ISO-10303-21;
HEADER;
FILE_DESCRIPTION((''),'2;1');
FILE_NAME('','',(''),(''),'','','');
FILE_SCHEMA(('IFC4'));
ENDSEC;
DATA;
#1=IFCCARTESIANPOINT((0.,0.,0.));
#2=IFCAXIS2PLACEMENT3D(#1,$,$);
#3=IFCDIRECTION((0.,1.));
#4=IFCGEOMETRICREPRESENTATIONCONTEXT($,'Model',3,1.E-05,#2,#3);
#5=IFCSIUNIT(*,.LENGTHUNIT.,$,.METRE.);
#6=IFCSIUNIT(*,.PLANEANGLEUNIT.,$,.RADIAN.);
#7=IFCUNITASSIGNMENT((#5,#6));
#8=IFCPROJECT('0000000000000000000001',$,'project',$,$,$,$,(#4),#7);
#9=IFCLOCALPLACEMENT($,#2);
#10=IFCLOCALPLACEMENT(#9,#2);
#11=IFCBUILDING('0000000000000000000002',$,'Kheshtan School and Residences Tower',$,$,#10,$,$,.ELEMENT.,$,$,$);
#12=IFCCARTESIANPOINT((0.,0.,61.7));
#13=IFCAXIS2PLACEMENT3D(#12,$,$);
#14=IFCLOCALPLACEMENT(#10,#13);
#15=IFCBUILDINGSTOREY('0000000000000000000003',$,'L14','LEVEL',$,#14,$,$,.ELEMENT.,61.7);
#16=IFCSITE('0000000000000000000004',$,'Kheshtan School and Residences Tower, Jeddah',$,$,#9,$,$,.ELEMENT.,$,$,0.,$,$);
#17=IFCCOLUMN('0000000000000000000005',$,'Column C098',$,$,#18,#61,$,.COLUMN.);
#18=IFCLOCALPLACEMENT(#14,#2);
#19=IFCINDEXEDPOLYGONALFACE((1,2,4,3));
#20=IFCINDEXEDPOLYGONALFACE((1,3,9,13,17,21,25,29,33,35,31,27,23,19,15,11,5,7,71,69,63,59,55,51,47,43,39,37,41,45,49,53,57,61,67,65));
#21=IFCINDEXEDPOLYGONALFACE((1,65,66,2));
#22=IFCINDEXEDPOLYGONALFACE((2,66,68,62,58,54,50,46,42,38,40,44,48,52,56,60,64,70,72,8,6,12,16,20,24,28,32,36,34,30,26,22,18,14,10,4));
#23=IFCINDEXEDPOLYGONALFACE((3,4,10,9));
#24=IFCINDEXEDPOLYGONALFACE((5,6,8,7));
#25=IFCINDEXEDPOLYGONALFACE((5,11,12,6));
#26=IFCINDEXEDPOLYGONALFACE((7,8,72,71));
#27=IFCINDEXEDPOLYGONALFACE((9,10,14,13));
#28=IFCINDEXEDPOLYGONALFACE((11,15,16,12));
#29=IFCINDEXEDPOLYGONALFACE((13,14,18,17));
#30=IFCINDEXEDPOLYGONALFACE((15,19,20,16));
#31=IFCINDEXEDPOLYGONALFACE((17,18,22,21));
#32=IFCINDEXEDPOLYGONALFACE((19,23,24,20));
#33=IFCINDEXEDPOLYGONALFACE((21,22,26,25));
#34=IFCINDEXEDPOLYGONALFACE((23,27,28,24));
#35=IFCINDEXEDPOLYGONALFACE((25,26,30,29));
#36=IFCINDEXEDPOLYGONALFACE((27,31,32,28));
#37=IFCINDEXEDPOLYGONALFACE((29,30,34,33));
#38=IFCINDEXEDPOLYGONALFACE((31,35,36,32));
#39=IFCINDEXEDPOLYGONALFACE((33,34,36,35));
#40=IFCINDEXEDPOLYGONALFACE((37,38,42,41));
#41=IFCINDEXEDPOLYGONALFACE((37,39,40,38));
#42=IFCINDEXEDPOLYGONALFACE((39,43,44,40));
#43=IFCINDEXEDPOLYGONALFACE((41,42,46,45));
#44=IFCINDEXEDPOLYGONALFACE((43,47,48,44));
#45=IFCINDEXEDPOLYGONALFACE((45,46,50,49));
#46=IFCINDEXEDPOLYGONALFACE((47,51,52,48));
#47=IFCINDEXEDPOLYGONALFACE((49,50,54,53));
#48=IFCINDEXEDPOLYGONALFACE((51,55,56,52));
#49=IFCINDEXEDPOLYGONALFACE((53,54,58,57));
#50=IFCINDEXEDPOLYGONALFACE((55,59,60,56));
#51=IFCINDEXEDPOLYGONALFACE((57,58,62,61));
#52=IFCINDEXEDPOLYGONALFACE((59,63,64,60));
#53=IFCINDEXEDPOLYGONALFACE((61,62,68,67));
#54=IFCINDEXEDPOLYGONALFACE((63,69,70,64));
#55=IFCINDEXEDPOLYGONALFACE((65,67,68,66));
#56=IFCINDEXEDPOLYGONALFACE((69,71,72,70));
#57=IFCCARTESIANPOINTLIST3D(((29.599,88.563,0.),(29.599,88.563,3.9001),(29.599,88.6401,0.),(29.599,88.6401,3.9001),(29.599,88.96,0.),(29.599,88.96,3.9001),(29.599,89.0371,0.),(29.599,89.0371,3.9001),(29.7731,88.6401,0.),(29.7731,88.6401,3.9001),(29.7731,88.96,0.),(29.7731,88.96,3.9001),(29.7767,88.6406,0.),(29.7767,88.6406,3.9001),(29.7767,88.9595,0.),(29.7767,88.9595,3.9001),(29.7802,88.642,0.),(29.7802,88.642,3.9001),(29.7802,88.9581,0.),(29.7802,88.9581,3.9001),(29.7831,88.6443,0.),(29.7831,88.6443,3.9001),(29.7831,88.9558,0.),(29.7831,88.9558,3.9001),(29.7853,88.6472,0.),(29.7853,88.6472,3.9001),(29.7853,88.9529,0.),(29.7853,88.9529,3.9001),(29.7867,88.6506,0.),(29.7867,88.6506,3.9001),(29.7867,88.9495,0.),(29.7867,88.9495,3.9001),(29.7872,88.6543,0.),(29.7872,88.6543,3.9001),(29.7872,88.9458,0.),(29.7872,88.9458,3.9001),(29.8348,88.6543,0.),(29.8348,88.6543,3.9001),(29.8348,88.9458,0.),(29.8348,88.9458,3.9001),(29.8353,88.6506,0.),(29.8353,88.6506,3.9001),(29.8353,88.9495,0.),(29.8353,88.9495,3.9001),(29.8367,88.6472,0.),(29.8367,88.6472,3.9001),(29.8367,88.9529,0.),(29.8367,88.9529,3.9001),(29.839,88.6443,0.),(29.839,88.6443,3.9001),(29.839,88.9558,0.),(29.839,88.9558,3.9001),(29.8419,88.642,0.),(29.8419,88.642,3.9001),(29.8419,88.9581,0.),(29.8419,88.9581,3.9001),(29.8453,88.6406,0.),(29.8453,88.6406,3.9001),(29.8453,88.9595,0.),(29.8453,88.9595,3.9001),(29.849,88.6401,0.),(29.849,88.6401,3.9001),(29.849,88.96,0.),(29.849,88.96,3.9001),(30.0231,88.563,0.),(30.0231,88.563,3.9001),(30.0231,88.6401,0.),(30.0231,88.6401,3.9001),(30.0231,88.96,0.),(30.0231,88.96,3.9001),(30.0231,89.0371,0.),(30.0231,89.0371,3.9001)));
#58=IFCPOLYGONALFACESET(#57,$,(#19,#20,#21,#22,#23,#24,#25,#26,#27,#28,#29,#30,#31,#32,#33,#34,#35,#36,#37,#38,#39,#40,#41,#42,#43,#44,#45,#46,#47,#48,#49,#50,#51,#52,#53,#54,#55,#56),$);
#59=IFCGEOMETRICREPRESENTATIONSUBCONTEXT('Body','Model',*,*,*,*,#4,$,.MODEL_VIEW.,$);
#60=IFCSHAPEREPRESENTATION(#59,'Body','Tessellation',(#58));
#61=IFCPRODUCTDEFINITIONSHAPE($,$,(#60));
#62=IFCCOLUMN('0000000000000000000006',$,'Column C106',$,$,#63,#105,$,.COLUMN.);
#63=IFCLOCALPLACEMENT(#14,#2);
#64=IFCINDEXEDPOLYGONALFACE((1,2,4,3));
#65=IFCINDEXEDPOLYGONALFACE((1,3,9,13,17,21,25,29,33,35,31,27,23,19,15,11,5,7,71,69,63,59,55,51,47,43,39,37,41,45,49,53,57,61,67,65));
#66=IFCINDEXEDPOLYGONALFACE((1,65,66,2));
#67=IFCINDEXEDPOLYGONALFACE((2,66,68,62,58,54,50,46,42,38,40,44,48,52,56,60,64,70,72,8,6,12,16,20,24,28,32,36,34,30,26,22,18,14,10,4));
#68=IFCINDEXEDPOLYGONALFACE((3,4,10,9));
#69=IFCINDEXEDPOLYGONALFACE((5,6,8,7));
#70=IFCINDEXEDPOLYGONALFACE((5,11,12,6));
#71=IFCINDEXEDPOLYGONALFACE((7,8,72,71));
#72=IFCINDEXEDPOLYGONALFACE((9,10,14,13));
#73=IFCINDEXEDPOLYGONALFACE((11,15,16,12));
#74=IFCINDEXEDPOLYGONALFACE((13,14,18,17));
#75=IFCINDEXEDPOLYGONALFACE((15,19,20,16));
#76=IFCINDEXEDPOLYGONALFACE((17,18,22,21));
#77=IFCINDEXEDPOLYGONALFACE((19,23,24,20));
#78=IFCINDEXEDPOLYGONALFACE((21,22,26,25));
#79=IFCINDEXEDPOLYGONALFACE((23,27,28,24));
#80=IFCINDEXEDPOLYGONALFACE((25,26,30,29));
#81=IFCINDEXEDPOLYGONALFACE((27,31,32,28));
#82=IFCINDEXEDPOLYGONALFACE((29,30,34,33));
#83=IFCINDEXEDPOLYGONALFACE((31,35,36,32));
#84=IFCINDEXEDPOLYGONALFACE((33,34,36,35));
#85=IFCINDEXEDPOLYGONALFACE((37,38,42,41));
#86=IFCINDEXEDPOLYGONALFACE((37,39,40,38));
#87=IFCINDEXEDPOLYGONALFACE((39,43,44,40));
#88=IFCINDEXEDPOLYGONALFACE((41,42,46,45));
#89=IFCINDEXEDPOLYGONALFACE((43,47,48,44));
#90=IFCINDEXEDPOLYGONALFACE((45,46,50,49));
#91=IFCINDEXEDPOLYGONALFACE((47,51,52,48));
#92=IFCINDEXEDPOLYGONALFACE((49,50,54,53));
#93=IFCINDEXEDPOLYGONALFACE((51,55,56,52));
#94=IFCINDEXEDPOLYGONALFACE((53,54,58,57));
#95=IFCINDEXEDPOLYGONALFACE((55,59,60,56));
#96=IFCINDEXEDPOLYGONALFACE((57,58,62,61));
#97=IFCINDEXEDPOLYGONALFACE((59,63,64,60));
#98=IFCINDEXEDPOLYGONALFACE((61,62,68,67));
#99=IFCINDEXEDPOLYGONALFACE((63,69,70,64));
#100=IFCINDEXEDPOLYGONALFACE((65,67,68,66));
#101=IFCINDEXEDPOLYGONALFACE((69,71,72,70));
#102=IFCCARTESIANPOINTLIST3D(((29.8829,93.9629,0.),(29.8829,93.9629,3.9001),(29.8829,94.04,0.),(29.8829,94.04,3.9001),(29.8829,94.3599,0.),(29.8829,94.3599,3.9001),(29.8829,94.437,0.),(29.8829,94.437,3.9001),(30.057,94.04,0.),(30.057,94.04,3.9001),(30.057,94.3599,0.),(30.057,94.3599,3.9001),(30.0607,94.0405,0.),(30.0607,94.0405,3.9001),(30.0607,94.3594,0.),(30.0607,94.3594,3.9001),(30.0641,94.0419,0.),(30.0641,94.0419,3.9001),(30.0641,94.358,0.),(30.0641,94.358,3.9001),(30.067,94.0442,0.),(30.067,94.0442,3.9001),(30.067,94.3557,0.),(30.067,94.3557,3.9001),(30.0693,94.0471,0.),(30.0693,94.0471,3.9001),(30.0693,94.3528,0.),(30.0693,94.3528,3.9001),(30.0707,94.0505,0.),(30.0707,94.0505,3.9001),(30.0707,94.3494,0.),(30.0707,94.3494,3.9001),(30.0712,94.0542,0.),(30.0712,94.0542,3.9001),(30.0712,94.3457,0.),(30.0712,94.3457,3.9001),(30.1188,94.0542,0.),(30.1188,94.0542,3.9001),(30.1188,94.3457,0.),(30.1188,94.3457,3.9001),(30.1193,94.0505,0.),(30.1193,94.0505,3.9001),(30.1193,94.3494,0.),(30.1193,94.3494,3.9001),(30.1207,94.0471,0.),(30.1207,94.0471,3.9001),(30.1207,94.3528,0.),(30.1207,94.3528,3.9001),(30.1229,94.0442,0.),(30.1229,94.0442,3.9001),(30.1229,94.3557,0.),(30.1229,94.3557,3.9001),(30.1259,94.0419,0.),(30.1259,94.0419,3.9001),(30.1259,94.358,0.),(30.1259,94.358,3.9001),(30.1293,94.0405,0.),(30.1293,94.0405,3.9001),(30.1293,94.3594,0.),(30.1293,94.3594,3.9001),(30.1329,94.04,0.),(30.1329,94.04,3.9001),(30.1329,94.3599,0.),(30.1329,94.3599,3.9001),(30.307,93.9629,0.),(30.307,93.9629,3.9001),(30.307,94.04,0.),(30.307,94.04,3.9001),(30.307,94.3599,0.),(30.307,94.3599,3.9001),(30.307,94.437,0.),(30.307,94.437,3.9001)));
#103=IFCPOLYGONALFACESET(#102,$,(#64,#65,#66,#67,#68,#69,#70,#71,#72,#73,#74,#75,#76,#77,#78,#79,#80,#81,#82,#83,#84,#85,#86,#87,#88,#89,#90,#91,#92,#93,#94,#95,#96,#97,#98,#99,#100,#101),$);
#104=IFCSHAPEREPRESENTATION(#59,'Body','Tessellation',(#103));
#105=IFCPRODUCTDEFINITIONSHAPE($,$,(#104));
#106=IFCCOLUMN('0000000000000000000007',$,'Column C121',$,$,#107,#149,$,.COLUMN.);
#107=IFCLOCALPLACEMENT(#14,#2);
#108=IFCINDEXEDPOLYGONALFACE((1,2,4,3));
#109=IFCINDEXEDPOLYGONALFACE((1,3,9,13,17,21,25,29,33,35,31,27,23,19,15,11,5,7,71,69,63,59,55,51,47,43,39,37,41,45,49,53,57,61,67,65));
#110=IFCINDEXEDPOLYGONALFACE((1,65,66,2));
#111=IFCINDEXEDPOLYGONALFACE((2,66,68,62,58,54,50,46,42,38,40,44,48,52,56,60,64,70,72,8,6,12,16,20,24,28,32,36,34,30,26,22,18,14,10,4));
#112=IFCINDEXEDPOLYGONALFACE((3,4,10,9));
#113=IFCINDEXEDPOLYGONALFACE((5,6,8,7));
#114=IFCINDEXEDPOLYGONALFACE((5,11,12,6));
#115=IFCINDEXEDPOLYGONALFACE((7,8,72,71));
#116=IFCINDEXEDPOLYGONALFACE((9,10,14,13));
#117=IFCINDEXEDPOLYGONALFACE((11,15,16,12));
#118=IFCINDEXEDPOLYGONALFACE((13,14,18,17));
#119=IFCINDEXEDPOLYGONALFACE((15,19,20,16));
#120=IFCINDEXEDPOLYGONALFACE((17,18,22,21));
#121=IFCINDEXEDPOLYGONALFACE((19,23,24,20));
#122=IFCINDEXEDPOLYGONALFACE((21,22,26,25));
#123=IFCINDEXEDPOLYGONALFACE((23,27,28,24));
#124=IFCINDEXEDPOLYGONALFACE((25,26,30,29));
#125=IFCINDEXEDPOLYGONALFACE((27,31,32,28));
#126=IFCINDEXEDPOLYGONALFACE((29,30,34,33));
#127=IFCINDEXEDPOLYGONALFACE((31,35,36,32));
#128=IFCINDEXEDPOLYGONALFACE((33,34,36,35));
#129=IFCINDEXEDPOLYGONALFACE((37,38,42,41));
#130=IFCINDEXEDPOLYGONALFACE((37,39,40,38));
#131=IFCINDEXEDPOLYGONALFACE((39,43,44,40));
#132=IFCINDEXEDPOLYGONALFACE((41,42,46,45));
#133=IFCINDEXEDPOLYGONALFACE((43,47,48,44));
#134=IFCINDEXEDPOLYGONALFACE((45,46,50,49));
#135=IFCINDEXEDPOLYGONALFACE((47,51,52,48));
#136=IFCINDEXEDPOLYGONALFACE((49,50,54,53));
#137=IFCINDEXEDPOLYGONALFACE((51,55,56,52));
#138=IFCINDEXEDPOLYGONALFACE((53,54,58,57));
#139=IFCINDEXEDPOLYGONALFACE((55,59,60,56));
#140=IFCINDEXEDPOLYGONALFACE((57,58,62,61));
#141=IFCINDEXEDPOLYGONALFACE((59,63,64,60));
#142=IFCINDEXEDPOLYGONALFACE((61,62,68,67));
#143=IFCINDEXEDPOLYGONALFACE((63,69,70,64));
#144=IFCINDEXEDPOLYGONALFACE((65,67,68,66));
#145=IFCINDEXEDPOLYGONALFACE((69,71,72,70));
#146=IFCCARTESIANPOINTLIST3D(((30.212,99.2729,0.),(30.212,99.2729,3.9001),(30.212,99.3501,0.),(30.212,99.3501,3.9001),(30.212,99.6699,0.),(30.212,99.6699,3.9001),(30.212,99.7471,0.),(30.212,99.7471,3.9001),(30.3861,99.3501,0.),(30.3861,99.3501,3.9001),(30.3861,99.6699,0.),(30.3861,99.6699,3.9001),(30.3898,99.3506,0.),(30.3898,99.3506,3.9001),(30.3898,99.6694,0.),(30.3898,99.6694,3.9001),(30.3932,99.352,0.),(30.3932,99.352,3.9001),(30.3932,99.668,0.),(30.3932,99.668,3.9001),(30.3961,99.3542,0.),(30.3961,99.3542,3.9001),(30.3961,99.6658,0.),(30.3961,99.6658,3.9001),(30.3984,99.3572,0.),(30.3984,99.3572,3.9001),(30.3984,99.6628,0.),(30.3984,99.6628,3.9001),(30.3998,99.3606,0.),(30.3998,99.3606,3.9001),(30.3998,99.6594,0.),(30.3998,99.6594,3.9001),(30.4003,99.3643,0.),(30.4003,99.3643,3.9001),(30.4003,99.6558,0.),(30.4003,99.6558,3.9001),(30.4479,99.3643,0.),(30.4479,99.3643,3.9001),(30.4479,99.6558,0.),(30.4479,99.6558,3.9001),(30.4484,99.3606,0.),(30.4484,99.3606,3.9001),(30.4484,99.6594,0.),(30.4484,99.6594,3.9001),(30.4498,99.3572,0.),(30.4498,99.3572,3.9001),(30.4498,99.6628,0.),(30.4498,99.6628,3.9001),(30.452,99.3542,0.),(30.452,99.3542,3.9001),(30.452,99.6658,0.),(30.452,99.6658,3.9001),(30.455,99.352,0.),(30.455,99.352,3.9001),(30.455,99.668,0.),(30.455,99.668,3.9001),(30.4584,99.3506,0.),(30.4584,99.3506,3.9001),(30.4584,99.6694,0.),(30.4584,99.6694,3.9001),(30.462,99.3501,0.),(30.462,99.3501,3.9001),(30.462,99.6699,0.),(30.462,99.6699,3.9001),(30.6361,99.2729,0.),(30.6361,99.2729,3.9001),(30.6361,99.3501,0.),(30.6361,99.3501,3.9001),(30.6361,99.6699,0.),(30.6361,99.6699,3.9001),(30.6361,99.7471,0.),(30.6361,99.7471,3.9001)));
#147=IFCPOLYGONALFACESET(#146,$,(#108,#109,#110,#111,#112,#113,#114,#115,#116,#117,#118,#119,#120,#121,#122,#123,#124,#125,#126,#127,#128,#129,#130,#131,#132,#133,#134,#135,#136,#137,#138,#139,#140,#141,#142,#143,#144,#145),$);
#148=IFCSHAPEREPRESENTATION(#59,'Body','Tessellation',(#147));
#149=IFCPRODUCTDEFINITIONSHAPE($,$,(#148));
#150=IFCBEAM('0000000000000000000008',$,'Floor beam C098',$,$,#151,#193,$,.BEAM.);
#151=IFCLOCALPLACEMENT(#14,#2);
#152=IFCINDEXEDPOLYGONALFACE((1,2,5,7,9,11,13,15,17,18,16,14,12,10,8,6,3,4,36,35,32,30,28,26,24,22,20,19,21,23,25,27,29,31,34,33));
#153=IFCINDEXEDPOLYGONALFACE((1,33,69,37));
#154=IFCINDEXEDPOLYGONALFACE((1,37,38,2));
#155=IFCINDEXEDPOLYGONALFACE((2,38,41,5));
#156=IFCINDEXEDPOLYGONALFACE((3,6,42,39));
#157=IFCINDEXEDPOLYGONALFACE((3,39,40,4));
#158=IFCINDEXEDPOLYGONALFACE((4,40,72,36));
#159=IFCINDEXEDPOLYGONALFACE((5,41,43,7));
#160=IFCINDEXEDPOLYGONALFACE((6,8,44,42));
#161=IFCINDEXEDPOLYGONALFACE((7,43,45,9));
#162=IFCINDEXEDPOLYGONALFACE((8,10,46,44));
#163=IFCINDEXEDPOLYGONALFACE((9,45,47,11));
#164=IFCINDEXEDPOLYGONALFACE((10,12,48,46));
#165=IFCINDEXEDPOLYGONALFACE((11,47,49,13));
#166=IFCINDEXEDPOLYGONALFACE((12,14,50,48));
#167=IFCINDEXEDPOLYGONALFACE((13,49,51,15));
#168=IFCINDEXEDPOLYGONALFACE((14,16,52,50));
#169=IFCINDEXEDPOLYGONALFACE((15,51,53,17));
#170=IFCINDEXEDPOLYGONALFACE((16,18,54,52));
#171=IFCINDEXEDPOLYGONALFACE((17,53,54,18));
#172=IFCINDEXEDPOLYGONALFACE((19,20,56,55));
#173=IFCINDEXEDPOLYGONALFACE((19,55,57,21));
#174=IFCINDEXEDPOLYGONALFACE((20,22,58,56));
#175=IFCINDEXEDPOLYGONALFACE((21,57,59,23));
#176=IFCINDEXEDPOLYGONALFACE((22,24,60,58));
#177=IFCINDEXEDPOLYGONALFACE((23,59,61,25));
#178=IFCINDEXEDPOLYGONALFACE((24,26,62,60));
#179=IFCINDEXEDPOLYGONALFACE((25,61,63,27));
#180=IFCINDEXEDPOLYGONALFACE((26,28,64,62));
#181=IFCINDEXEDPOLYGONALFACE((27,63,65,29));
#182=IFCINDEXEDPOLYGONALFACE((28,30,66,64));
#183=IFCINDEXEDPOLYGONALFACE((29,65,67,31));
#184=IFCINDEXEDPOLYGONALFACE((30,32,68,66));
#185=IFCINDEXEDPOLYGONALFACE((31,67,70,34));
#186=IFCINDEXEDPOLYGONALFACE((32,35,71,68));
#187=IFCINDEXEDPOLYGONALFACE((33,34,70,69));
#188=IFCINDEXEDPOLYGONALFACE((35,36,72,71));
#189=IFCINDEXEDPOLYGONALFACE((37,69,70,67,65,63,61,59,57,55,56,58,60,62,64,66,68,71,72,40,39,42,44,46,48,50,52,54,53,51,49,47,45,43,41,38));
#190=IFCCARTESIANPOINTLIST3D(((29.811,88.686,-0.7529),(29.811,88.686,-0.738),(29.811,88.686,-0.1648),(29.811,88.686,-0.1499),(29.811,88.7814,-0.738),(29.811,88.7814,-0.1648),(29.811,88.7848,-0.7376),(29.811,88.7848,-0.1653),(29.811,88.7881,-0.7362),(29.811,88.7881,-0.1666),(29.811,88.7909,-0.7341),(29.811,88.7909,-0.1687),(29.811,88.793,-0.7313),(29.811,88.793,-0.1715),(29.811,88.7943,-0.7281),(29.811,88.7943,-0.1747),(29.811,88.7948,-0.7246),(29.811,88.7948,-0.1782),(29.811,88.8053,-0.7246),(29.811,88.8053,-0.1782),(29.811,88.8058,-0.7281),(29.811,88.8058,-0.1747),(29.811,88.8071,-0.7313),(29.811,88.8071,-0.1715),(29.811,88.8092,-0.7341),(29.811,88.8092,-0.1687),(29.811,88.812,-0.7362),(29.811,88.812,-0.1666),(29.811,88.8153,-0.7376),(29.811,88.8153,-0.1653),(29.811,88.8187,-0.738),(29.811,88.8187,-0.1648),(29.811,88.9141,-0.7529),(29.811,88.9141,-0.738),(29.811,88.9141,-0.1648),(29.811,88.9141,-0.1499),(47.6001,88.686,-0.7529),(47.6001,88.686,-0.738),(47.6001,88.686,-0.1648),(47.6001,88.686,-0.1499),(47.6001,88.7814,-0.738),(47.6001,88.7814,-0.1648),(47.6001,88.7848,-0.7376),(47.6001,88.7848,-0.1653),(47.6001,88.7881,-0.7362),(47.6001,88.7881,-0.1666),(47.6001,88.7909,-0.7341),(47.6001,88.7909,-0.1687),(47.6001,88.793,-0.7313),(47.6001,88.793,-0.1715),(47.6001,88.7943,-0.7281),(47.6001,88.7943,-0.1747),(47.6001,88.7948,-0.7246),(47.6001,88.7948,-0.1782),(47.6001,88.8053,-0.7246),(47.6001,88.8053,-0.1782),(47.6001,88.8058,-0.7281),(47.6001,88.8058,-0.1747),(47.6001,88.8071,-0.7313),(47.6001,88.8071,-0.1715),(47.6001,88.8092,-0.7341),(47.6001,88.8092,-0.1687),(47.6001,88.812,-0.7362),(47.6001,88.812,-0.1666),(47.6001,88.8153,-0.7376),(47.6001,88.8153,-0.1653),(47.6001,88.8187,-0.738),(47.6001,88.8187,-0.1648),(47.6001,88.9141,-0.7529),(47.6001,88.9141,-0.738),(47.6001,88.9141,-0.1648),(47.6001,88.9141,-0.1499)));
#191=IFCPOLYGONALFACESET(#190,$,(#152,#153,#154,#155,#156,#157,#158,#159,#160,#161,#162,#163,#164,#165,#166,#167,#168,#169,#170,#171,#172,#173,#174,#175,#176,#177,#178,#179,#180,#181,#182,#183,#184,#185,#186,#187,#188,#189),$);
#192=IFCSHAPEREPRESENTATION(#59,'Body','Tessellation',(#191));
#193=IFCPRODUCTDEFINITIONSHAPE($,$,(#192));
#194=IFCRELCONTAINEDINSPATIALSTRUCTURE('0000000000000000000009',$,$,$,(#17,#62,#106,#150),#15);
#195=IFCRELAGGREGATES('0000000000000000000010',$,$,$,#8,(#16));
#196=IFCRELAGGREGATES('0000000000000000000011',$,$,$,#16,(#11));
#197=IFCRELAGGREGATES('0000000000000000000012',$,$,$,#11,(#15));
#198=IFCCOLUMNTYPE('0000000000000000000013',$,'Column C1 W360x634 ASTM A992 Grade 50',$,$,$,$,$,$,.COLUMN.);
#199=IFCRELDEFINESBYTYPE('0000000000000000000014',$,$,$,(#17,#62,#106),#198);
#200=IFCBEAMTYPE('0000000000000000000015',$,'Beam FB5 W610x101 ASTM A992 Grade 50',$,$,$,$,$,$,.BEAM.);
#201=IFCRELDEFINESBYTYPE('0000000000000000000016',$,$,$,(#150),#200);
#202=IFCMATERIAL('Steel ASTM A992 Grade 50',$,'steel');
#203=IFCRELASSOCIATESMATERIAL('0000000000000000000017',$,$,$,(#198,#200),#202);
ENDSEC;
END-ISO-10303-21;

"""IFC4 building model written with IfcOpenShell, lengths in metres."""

from ifc_helpers import new_model, si_unit, direction, frame, origin, origin_2d, place, context, subcontext, project, spatial, i_section, extrude, material, material_profile, profile_set, type_object, element, save


model = new_model("IFC4")

# Units and contexts
model_context = context("Model", 3, precision=1e-05, world=origin(), true_north=direction((0.0, 1.0)))
body_context = subcontext(model_context, "Body", "Model", "MODEL_VIEW")
ifc_project = project(units=[si_unit("LENGTHUNIT", "METRE"), si_unit("PLANEANGLEUNIT", "RADIAN")], contexts=[model_context])

# Site, building, storey
site_placement = place(None, origin())
site = spatial("IfcSite", under=ifc_project, at=site_placement, Name="Kheshtan School and Residences Tower, Jeddah", CompositionType="ELEMENT", RefElevation=0.0)
building_placement = place(site_placement, origin())
building = spatial("IfcBuilding", under=site, at=building_placement, Name="Kheshtan School and Residences Tower", CompositionType="ELEMENT")
storey_placement = place(building_placement, frame((0.0, 0.0, 61.7)))
storey = spatial("IfcBuildingStorey", under=building, at=storey_placement, Name="L14", Description="LEVEL", CompositionType="ELEMENT", Elevation=61.7)

# Columns
ifc_material_1 = material(Name="Steel ASTM A992 Grade 50", Category="steel")
ifc_material_profile_1 = material_profile(ifc_material_1, i_section(OverallWidth=0.4241, OverallDepth=0.4741, WebThickness=0.0476, FlangeThickness=0.0771, FilletRadius=0.0142, at=origin_2d()), Name="W360x634")
ifc_profile_set_1 = profile_set([ifc_material_profile_1], Name="Steel ASTM A992 Grade 50")
column_type = type_object("IfcColumnType", Name="Column C1 W360x634 ASTM A992 Grade 50", PredefinedType="COLUMN", material=ifc_profile_set_1)
for number, where, z_axis, x_axis, name in (
    (1, (29.811, 88.8, 0.0), (0.0, 0.0, 1.0), (1.0, 0.0, 0.0), "Column C098"),
    (2, (30.095, 94.2, 0.0), (0.0, 0.0, 1.0), (1.0, 0.0, 0.0), "Column C106"),
    (3, (30.4241, 99.51, 0.0), (0.0, 0.0, 1.0), (1.0, 0.0, 0.0), "Column C121"),
):
    element("IfcColumn", number, at=place(storey_placement, frame(where, z_axis=z_axis, x_axis=x_axis)), inside=storey, type_object=column_type, Name=name, PredefinedType="COLUMN", context=body_context, shape_type="SweptSolid", body=[
        extrude(i_section(OverallWidth=0.4241, OverallDepth=0.4741, WebThickness=0.0476, FlangeThickness=0.0771, FilletRadius=0.0142, at=origin_2d()), origin(), (0.0, 0.0, 1.0), 3.9001),
    ])

# Beam
ifc_material_profile_2 = material_profile(ifc_material_1, i_section(OverallWidth=0.228, OverallDepth=0.603, WebThickness=0.0105, FlangeThickness=0.0149, FilletRadius=0.0134, at=origin_2d()), Name="W610x101")
ifc_profile_set_2 = profile_set([ifc_material_profile_2], Name="Steel ASTM A992 Grade 50")
beam_type_1 = type_object("IfcBeamType", Name="Beam FB5 W610x101 ASTM A992 Grade 50", PredefinedType="BEAM", material=ifc_profile_set_2)
beam_1_placement = place(storey_placement, frame((29.811, 88.8, -0.4514), z_axis=(1.0, 0.0, 0.0), x_axis=(0.0, 1.0, 0.0)))
element("IfcBeam", 4, at=beam_1_placement, inside=storey, type_object=beam_type_1, Name="Floor beam C098", PredefinedType="BEAM", context=body_context, shape_type="SweptSolid", body=[
    extrude(i_section(OverallWidth=0.228, OverallDepth=0.603, WebThickness=0.0105, FlangeThickness=0.0149, FilletRadius=0.0134, at=origin_2d()), origin(), (0.0, 0.0, 1.0), 17.7891),
])

save(model, "model.ifc")
